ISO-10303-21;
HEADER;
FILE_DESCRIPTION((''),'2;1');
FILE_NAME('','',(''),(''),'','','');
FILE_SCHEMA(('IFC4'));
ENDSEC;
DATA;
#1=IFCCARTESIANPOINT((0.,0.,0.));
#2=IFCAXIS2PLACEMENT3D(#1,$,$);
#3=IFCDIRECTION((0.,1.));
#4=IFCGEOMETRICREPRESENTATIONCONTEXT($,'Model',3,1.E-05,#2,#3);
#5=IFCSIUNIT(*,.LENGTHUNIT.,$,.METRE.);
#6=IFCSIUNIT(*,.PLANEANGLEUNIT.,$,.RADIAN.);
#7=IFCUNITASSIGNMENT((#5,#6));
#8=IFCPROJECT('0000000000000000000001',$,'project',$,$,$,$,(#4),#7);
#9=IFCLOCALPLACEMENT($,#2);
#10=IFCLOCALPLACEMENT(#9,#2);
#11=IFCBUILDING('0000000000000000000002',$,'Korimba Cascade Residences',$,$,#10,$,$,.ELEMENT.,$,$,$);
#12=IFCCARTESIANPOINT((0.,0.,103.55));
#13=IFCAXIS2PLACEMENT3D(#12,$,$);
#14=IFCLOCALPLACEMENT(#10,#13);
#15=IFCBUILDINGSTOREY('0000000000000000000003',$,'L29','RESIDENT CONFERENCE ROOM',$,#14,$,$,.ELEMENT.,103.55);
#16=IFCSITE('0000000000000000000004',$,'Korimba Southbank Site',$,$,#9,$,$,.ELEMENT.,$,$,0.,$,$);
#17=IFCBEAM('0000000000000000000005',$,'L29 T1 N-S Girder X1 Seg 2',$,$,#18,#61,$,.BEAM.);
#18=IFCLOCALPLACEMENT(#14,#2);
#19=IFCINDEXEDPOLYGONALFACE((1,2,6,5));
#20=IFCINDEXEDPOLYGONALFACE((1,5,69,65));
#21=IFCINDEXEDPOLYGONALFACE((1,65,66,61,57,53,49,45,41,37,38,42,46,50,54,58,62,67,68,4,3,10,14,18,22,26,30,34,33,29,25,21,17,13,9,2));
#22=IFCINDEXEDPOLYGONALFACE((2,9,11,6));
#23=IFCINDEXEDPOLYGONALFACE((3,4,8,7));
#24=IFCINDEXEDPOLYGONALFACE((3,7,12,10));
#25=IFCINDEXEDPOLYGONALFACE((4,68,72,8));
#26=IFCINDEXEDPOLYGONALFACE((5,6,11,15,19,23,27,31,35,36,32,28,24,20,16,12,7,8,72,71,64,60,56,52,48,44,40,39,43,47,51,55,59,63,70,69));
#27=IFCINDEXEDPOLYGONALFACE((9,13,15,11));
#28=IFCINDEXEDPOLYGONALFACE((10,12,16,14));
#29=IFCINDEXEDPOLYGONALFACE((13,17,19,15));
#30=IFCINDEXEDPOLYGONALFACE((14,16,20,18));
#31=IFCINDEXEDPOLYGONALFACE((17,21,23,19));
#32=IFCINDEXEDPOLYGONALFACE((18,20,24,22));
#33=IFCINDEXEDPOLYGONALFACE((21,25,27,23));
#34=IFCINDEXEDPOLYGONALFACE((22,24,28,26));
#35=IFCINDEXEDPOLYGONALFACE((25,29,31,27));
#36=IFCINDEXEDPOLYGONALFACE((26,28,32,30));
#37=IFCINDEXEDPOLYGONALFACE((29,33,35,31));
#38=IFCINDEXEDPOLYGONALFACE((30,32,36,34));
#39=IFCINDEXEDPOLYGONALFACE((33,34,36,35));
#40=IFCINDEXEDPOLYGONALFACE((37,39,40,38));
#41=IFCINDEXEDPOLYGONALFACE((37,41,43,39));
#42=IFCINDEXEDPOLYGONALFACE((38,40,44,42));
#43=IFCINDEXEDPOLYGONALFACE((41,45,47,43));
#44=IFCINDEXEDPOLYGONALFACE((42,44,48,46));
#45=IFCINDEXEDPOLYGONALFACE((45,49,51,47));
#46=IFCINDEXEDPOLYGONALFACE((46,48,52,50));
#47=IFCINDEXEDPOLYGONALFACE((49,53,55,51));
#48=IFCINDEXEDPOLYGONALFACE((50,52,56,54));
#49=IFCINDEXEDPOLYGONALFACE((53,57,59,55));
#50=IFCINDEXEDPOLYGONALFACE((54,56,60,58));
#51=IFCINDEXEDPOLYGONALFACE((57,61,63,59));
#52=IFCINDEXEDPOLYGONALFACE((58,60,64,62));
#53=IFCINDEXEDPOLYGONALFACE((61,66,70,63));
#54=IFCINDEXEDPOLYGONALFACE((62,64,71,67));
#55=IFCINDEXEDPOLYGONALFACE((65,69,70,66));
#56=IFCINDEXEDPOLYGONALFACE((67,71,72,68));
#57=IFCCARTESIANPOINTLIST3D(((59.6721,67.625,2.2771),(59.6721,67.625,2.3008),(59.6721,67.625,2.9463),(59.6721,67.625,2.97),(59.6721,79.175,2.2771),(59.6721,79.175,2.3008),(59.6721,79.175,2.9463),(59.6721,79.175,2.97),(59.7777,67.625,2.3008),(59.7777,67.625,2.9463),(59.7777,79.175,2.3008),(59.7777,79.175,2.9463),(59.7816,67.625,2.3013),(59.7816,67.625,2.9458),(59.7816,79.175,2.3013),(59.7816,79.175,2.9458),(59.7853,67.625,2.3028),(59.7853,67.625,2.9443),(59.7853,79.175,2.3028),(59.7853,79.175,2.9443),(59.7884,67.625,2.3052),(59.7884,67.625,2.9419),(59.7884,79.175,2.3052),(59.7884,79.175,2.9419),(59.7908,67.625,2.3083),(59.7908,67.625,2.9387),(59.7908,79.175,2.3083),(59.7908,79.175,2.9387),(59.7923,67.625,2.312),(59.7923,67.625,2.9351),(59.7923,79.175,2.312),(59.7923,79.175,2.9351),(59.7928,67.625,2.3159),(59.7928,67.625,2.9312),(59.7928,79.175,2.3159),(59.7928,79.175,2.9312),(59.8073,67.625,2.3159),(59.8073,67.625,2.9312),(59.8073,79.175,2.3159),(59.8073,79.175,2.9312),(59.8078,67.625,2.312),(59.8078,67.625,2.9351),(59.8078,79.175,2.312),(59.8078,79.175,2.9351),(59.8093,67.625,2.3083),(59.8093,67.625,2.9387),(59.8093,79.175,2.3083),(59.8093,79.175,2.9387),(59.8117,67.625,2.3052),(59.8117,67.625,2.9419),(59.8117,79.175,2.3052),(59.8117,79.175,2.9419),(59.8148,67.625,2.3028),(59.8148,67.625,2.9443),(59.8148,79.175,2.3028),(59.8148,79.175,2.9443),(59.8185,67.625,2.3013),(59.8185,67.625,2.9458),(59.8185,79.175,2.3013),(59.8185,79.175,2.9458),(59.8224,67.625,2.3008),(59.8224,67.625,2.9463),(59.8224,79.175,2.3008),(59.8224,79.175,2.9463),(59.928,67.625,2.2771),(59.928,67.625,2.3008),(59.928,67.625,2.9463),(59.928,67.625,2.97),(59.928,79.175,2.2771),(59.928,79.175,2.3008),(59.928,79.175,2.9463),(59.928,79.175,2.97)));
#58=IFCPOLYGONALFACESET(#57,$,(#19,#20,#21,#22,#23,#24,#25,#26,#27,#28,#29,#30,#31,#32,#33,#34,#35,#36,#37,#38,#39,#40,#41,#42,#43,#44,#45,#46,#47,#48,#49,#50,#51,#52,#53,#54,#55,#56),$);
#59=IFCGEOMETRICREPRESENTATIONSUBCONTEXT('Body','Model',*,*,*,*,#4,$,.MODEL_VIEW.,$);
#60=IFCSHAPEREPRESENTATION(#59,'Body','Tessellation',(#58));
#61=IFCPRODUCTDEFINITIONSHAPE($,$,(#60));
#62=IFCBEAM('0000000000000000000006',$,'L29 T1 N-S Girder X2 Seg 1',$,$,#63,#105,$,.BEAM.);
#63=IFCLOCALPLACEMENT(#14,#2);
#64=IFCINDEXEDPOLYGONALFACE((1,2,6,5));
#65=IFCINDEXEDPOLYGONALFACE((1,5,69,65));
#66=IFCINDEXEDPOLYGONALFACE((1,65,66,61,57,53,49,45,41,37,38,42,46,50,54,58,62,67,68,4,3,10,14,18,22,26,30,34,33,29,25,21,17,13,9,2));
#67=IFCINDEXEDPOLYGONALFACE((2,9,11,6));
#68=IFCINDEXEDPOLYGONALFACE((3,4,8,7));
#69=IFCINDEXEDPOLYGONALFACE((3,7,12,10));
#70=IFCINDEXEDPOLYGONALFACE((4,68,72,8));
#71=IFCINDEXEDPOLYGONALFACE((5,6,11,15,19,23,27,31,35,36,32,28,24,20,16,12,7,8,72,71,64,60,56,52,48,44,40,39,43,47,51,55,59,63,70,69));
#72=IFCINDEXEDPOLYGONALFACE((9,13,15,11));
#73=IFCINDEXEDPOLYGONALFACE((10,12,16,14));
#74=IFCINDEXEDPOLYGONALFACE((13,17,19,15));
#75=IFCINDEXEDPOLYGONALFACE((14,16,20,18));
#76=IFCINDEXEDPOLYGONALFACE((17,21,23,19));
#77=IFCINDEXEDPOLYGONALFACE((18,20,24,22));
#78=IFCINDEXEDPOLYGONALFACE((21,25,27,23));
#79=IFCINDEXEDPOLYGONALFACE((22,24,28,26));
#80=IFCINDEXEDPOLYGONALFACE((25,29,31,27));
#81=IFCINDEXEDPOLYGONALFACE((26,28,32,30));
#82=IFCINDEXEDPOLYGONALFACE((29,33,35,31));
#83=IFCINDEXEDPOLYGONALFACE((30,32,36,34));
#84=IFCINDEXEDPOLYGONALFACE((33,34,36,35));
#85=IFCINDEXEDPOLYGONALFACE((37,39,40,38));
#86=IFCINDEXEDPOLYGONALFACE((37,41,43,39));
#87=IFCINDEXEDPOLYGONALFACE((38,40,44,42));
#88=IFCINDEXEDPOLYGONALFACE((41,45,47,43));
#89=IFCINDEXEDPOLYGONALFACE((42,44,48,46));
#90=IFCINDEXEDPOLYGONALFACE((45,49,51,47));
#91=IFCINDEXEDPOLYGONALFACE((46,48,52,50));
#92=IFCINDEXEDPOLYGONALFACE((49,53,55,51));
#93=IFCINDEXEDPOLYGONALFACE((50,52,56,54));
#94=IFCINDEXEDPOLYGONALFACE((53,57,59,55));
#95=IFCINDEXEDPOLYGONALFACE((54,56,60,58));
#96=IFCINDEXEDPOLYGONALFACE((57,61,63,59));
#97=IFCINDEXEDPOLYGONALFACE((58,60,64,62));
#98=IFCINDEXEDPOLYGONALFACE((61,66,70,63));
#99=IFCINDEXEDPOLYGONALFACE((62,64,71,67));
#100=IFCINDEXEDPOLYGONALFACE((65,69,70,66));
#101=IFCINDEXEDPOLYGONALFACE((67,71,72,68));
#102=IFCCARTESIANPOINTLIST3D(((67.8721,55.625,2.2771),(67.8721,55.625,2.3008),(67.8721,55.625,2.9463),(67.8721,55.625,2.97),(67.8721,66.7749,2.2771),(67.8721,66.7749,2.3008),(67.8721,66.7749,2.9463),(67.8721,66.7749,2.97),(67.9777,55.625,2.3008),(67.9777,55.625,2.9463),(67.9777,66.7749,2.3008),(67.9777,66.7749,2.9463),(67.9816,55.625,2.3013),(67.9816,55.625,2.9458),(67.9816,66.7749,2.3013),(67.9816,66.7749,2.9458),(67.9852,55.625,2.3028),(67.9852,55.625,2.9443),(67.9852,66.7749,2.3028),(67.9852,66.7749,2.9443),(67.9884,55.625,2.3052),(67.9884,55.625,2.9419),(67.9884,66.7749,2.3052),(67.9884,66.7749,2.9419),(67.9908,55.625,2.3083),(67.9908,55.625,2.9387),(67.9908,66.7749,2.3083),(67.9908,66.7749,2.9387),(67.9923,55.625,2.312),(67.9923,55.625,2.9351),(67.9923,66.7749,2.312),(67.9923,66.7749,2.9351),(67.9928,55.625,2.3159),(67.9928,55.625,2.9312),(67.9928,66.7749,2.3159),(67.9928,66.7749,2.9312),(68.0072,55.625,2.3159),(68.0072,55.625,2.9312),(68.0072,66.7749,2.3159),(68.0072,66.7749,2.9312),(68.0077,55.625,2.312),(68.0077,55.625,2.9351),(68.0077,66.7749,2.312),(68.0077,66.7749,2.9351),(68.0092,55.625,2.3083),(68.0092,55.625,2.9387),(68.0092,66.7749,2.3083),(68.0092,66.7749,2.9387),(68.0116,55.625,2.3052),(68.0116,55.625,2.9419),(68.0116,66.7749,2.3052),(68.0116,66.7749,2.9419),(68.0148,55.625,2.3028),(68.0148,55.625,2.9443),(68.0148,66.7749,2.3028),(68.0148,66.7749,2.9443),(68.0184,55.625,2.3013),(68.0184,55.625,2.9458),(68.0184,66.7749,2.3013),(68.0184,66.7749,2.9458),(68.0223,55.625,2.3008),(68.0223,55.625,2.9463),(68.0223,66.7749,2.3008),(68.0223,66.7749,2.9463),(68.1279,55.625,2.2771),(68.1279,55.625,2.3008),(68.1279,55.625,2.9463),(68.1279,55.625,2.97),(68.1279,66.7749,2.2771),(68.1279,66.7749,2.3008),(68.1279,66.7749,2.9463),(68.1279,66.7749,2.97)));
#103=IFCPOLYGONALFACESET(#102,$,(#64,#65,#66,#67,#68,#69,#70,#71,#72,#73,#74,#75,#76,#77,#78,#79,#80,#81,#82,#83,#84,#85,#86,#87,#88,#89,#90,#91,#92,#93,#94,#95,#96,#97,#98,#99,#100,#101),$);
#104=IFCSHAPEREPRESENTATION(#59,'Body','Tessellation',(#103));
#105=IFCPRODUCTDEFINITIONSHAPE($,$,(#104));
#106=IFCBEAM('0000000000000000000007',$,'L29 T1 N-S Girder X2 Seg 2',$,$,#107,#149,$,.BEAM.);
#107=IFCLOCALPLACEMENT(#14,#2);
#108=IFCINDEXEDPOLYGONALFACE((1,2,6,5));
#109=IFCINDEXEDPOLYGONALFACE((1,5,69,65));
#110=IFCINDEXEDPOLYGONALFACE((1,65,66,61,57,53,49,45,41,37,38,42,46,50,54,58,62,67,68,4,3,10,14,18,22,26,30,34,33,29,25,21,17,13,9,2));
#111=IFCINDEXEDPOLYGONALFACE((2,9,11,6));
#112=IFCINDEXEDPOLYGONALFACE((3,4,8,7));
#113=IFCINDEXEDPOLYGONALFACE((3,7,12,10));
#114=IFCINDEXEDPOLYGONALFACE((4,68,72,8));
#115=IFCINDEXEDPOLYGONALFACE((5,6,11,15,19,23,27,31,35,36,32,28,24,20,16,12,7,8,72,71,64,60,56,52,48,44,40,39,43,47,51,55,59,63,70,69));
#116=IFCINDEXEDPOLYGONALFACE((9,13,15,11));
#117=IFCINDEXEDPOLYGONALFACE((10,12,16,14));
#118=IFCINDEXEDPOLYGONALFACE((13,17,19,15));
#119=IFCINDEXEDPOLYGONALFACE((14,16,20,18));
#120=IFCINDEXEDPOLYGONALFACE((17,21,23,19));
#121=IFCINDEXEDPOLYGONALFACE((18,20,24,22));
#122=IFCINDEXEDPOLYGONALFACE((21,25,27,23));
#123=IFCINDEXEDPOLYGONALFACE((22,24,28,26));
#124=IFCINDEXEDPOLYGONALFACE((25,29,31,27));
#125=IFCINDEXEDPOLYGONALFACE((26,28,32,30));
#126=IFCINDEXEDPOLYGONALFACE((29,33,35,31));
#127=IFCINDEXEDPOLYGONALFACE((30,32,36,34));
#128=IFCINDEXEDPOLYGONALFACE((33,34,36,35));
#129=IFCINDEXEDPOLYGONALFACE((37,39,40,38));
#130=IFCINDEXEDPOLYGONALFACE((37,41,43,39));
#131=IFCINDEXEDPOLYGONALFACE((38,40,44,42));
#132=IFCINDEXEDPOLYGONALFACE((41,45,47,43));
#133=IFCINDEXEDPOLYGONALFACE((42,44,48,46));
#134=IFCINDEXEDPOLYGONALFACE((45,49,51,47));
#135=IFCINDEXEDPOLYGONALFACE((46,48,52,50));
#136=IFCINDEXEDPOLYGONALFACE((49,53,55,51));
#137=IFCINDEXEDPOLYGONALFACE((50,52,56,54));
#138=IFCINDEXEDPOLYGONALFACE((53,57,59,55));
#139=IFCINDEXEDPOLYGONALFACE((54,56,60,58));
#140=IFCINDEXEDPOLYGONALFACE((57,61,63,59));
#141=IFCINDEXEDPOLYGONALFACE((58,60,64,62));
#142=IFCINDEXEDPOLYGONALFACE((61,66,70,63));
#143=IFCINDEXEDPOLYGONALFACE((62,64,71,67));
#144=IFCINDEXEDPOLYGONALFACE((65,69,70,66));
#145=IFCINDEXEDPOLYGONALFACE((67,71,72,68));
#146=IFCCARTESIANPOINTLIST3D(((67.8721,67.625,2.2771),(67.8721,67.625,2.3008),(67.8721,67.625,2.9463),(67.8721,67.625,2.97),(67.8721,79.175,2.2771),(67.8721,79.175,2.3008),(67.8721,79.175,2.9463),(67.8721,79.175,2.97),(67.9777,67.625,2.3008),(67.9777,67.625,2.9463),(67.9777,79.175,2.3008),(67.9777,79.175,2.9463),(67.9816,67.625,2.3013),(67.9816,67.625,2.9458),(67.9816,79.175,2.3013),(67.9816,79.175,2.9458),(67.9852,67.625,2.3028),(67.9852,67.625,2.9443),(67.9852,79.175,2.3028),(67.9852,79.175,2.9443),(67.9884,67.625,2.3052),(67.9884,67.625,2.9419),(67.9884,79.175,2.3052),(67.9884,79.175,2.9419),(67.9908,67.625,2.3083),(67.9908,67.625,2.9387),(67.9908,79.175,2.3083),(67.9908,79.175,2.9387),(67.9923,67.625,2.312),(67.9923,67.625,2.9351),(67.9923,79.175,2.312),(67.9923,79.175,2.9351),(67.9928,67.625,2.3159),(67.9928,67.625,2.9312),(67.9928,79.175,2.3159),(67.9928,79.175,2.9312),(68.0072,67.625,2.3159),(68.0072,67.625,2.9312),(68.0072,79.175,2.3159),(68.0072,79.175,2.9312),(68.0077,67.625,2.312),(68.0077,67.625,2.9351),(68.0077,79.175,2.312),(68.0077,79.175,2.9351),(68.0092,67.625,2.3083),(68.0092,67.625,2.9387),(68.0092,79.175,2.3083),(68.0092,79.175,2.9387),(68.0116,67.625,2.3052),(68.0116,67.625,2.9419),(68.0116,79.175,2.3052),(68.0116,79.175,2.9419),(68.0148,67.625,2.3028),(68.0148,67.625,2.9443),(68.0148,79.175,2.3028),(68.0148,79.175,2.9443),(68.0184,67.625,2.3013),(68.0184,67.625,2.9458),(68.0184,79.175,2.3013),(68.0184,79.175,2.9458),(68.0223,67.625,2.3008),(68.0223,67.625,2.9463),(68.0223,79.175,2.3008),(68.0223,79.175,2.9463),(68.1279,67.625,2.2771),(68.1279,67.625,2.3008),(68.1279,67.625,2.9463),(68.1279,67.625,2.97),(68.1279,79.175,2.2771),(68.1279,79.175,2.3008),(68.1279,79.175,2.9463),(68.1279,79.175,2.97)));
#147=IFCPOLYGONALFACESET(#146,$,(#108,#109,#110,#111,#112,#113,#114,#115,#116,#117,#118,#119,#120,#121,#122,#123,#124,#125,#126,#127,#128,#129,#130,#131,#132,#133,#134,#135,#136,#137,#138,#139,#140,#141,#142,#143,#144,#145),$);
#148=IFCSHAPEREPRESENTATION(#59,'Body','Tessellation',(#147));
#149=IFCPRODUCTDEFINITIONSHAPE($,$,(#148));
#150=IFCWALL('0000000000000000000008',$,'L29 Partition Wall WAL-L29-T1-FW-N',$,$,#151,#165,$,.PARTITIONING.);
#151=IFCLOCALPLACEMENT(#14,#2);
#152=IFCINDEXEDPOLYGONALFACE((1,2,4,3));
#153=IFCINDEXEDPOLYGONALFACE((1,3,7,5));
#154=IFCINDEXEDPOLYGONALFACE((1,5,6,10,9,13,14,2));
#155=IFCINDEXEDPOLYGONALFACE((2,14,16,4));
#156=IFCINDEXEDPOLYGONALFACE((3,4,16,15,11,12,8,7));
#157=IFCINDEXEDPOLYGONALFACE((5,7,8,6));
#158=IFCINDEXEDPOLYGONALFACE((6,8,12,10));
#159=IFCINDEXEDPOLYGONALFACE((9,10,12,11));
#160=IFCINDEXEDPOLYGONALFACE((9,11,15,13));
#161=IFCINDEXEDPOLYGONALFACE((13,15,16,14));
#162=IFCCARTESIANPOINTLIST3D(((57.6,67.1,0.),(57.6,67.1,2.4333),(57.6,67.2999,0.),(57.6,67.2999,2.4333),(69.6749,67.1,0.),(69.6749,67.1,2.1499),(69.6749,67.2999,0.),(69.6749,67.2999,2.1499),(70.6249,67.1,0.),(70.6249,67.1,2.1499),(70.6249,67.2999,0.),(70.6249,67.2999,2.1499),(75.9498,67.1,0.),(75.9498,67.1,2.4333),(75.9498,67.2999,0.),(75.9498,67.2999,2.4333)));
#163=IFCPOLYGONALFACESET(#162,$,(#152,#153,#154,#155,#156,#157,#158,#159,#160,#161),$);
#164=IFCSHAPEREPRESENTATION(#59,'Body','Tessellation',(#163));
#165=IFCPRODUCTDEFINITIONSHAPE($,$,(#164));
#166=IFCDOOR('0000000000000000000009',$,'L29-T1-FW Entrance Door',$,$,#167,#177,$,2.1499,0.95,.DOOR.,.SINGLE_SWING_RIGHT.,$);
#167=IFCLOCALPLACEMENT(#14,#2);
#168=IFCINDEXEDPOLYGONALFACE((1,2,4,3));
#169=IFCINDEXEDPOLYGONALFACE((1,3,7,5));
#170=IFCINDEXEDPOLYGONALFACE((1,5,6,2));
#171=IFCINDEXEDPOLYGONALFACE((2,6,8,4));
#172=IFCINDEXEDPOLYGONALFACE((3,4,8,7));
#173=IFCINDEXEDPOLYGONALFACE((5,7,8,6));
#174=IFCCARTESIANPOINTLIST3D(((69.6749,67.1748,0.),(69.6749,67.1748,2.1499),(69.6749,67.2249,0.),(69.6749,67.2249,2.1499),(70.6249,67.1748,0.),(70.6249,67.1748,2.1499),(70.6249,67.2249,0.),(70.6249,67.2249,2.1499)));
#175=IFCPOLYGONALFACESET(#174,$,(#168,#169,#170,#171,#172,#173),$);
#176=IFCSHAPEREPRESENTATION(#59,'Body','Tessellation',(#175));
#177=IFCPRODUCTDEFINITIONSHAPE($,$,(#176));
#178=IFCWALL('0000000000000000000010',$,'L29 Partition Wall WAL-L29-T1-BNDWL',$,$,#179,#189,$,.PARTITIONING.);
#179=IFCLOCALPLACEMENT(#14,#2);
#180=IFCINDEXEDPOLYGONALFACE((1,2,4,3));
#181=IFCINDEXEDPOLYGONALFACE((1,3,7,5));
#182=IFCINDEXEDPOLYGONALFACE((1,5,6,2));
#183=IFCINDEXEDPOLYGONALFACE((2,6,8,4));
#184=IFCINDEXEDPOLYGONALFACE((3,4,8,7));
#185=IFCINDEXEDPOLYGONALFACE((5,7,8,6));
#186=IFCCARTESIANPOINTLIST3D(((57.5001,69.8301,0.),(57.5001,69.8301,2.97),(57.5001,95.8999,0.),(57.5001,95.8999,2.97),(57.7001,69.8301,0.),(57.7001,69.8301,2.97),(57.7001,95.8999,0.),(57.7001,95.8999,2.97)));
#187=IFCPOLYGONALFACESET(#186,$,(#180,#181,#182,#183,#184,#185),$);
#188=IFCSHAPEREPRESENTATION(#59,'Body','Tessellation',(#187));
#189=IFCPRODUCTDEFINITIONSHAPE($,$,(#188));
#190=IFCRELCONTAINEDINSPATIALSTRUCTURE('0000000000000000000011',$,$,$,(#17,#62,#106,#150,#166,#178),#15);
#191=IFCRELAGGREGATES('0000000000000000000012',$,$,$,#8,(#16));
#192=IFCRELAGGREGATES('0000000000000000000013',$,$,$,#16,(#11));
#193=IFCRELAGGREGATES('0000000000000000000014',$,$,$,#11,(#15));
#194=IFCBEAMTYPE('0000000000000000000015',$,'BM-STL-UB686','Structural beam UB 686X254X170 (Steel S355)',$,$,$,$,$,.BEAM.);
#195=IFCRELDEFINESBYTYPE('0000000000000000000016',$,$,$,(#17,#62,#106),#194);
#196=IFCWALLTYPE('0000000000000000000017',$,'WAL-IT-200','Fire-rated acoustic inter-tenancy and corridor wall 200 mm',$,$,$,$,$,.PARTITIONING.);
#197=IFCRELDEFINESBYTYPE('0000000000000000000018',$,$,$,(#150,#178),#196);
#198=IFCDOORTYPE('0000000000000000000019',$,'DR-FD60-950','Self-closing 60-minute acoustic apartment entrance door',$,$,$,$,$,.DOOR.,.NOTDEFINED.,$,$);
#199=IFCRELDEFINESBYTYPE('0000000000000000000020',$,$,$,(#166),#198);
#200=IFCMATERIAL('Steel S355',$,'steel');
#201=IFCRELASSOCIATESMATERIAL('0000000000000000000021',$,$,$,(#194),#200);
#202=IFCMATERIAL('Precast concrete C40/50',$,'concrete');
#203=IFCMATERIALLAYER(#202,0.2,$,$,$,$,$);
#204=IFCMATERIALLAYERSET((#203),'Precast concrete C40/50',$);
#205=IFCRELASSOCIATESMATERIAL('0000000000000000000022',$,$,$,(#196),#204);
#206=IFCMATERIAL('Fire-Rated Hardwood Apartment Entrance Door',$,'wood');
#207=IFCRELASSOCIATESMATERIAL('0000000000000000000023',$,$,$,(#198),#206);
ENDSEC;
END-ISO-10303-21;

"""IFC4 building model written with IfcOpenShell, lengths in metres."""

from ifc_helpers import new_model, si_unit, direction, frame, frame_2d, origin, origin_2d, place, context, subcontext, project, spatial, rectangle, i_section, extrude, material, layer, layer_set, material_profile, profile_set, type_object, element, fill, save


model = new_model("IFC4")

# Units and contexts
model_context = context("Model", 3, precision=1e-05, world=origin(), true_north=direction((0.0, 1.0)))
body_context = subcontext(model_context, "Body", "Model", "MODEL_VIEW")
ifc_project = project(units=[si_unit("LENGTHUNIT", "METRE"), si_unit("PLANEANGLEUNIT", "RADIAN")], contexts=[model_context])

# Site, building, storey
site_placement = place(None, origin())
site = spatial("IfcSite", under=ifc_project, at=site_placement, Name="Korimba Southbank Site", CompositionType="ELEMENT", RefElevation=0.0)
building_placement = place(site_placement, origin())
building = spatial("IfcBuilding", under=site, at=building_placement, Name="Korimba Cascade Residences", CompositionType="ELEMENT")
storey_placement = place(building_placement, frame((0.0, 0.0, 103.55)))
storey = spatial("IfcBuildingStorey", under=building, at=storey_placement, Name="L29", Description="RESIDENT CONFERENCE ROOM", CompositionType="ELEMENT", Elevation=103.55)

# Beams
ifc_material_1 = material(Name="Steel S355", Category="steel")
ifc_material_profile_1 = material_profile(ifc_material_1, i_section(OverallWidth=0.2559, OverallDepth=0.6929, WebThickness=0.0144, FlangeThickness=0.0237, FilletRadius=0.0151, at=origin_2d()), Name="Steel S355")
ifc_profile_set_1 = profile_set([ifc_material_profile_1], Name="Steel S355")
beam_type_1 = type_object("IfcBeamType", Name="BM-STL-UB686", Description="Structural beam UB 686X254X170 (Steel S355)", PredefinedType="BEAM", material=ifc_profile_set_1)
beam_1_placement = place(storey_placement, frame((59.8, 67.625, 2.6235), z_axis=(0.0, 1.0, 0.0), x_axis=(-1.0, 0.0, 0.0)))
element("IfcBeam", 1, at=beam_1_placement, inside=storey, type_object=beam_type_1, Name="L29 T1 N-S Girder X1 Seg 2", PredefinedType="BEAM", context=body_context, shape_type="SweptSolid", body=[
    extrude(i_section(OverallWidth=0.2559, OverallDepth=0.6929, WebThickness=0.0144, FlangeThickness=0.0237, FilletRadius=0.0151, at=origin_2d()), origin(), (0.0, 0.0, 1.0), 11.55),
])
beam_2_placement = place(storey_placement, frame((68.0, 55.625, 2.6235), z_axis=(0.0, 1.0, 0.0), x_axis=(-1.0, 0.0, 0.0)))
element("IfcBeam", 2, at=beam_2_placement, inside=storey, type_object=beam_type_1, Name="L29 T1 N-S Girder X2 Seg 1", PredefinedType="BEAM", context=body_context, shape_type="SweptSolid", body=[
    extrude(i_section(OverallWidth=0.2559, OverallDepth=0.6929, WebThickness=0.0144, FlangeThickness=0.0237, FilletRadius=0.0151, at=origin_2d()), origin(), (0.0, 0.0, 1.0), 11.1499),
])
beam_3_placement = place(storey_placement, frame((68.0, 67.625, 2.6235), z_axis=(0.0, 1.0, 0.0), x_axis=(-1.0, 0.0, 0.0)))
element("IfcBeam", 3, at=beam_3_placement, inside=storey, type_object=beam_type_1, Name="L29 T1 N-S Girder X2 Seg 2", PredefinedType="BEAM", context=body_context, shape_type="SweptSolid", body=[
    extrude(i_section(OverallWidth=0.2559, OverallDepth=0.6929, WebThickness=0.0144, FlangeThickness=0.0237, FilletRadius=0.0151, at=origin_2d()), origin(), (0.0, 0.0, 1.0), 11.55),
])

# Wall, opening, door
ifc_material_2 = material(Name="Precast concrete C40/50", Category="concrete")
ifc_layer_1 = layer(ifc_material_2, 0.2)
ifc_layer_set_1 = layer_set([ifc_layer_1], Name="Precast concrete C40/50")
wall_type_1 = type_object("IfcWallType", Name="WAL-IT-200", Description="Fire-rated acoustic inter-tenancy and corridor wall 200 mm", PredefinedType="PARTITIONING", material=ifc_layer_set_1)
wall_1_placement = place(storey_placement, frame((57.6001, 67.2, 0.0), z_axis=(0.0, 0.0, 1.0), x_axis=(1.0, 0.0, 0.0)))
wall_1 = element("IfcWall", 4, at=wall_1_placement, inside=storey, type_object=wall_type_1, Name="L29 Partition Wall WAL-L29-T1-FW-N", PredefinedType="PARTITIONING", context=body_context, shape_type="SweptSolid", body=[
    extrude(rectangle(XDim=18.3499, YDim=0.2, at=frame_2d((9.1748, 0.0))), origin(), (0.0, 0.0, 1.0), 2.4333),
])
opening_1_placement = place(wall_1_placement, frame((12.0747, 0.0, 0.0)))
opening_1 = element("IfcOpeningElement", 5, at=opening_1_placement, cuts=wall_1, PredefinedType="OPENING", context=body_context, shape_type="SweptSolid", body=[
    extrude(rectangle(XDim=0.95, YDim=2.1499, at=frame_2d((0.4751, 1.075))), frame((0.0, 0.1099, 0.0), z_axis=(0.0, -1.0, 0.0), x_axis=(1.0, 0.0, 0.0)), (0.0, 0.0, 1.0), 0.22),
])
ifc_material_3 = material(Name="Fire-Rated Hardwood Apartment Entrance Door", Category="wood")
door_type_1 = type_object("IfcDoorType", Name="DR-FD60-950", Description="Self-closing 60-minute acoustic apartment entrance door", OperationType="NOTDEFINED", PredefinedType="DOOR", material=ifc_material_3)
door_1_placement = place(opening_1_placement, origin())
door_1 = element("IfcDoor", 6, at=door_1_placement, inside=storey, type_object=door_type_1, Name="L29-T1-FW Entrance Door", OperationType="SINGLE_SWING_RIGHT", OverallHeight=2.1499, OverallWidth=0.95, PredefinedType="DOOR", context=body_context, shape_type="SweptSolid", body=[
    extrude(rectangle(XDim=0.95, YDim=2.1499, at=frame_2d((0.4751, 1.075))), frame((0.0, 0.0249, 0.0), z_axis=(0.0, -1.0, 0.0), x_axis=(1.0, 0.0, 0.0)), (0.0, 0.0, 1.0), 0.05),
])
fill(opening_1, door_1)

# Wall
wall_2_placement = place(storey_placement, frame((57.6001, 69.8301, 0.0), z_axis=(0.0, 0.0, 1.0), x_axis=(0.0, 1.0, 0.0)))
element("IfcWall", 7, at=wall_2_placement, inside=storey, type_object=wall_type_1, Name="L29 Partition Wall WAL-L29-T1-BNDWL", PredefinedType="PARTITIONING", context=body_context, shape_type="SweptSolid", body=[
    extrude(rectangle(XDim=26.0698, YDim=0.2, at=frame_2d((13.0349, 0.0))), origin(), (0.0, 0.0, 1.0), 2.97),
])

save(model, "model.ifc")
